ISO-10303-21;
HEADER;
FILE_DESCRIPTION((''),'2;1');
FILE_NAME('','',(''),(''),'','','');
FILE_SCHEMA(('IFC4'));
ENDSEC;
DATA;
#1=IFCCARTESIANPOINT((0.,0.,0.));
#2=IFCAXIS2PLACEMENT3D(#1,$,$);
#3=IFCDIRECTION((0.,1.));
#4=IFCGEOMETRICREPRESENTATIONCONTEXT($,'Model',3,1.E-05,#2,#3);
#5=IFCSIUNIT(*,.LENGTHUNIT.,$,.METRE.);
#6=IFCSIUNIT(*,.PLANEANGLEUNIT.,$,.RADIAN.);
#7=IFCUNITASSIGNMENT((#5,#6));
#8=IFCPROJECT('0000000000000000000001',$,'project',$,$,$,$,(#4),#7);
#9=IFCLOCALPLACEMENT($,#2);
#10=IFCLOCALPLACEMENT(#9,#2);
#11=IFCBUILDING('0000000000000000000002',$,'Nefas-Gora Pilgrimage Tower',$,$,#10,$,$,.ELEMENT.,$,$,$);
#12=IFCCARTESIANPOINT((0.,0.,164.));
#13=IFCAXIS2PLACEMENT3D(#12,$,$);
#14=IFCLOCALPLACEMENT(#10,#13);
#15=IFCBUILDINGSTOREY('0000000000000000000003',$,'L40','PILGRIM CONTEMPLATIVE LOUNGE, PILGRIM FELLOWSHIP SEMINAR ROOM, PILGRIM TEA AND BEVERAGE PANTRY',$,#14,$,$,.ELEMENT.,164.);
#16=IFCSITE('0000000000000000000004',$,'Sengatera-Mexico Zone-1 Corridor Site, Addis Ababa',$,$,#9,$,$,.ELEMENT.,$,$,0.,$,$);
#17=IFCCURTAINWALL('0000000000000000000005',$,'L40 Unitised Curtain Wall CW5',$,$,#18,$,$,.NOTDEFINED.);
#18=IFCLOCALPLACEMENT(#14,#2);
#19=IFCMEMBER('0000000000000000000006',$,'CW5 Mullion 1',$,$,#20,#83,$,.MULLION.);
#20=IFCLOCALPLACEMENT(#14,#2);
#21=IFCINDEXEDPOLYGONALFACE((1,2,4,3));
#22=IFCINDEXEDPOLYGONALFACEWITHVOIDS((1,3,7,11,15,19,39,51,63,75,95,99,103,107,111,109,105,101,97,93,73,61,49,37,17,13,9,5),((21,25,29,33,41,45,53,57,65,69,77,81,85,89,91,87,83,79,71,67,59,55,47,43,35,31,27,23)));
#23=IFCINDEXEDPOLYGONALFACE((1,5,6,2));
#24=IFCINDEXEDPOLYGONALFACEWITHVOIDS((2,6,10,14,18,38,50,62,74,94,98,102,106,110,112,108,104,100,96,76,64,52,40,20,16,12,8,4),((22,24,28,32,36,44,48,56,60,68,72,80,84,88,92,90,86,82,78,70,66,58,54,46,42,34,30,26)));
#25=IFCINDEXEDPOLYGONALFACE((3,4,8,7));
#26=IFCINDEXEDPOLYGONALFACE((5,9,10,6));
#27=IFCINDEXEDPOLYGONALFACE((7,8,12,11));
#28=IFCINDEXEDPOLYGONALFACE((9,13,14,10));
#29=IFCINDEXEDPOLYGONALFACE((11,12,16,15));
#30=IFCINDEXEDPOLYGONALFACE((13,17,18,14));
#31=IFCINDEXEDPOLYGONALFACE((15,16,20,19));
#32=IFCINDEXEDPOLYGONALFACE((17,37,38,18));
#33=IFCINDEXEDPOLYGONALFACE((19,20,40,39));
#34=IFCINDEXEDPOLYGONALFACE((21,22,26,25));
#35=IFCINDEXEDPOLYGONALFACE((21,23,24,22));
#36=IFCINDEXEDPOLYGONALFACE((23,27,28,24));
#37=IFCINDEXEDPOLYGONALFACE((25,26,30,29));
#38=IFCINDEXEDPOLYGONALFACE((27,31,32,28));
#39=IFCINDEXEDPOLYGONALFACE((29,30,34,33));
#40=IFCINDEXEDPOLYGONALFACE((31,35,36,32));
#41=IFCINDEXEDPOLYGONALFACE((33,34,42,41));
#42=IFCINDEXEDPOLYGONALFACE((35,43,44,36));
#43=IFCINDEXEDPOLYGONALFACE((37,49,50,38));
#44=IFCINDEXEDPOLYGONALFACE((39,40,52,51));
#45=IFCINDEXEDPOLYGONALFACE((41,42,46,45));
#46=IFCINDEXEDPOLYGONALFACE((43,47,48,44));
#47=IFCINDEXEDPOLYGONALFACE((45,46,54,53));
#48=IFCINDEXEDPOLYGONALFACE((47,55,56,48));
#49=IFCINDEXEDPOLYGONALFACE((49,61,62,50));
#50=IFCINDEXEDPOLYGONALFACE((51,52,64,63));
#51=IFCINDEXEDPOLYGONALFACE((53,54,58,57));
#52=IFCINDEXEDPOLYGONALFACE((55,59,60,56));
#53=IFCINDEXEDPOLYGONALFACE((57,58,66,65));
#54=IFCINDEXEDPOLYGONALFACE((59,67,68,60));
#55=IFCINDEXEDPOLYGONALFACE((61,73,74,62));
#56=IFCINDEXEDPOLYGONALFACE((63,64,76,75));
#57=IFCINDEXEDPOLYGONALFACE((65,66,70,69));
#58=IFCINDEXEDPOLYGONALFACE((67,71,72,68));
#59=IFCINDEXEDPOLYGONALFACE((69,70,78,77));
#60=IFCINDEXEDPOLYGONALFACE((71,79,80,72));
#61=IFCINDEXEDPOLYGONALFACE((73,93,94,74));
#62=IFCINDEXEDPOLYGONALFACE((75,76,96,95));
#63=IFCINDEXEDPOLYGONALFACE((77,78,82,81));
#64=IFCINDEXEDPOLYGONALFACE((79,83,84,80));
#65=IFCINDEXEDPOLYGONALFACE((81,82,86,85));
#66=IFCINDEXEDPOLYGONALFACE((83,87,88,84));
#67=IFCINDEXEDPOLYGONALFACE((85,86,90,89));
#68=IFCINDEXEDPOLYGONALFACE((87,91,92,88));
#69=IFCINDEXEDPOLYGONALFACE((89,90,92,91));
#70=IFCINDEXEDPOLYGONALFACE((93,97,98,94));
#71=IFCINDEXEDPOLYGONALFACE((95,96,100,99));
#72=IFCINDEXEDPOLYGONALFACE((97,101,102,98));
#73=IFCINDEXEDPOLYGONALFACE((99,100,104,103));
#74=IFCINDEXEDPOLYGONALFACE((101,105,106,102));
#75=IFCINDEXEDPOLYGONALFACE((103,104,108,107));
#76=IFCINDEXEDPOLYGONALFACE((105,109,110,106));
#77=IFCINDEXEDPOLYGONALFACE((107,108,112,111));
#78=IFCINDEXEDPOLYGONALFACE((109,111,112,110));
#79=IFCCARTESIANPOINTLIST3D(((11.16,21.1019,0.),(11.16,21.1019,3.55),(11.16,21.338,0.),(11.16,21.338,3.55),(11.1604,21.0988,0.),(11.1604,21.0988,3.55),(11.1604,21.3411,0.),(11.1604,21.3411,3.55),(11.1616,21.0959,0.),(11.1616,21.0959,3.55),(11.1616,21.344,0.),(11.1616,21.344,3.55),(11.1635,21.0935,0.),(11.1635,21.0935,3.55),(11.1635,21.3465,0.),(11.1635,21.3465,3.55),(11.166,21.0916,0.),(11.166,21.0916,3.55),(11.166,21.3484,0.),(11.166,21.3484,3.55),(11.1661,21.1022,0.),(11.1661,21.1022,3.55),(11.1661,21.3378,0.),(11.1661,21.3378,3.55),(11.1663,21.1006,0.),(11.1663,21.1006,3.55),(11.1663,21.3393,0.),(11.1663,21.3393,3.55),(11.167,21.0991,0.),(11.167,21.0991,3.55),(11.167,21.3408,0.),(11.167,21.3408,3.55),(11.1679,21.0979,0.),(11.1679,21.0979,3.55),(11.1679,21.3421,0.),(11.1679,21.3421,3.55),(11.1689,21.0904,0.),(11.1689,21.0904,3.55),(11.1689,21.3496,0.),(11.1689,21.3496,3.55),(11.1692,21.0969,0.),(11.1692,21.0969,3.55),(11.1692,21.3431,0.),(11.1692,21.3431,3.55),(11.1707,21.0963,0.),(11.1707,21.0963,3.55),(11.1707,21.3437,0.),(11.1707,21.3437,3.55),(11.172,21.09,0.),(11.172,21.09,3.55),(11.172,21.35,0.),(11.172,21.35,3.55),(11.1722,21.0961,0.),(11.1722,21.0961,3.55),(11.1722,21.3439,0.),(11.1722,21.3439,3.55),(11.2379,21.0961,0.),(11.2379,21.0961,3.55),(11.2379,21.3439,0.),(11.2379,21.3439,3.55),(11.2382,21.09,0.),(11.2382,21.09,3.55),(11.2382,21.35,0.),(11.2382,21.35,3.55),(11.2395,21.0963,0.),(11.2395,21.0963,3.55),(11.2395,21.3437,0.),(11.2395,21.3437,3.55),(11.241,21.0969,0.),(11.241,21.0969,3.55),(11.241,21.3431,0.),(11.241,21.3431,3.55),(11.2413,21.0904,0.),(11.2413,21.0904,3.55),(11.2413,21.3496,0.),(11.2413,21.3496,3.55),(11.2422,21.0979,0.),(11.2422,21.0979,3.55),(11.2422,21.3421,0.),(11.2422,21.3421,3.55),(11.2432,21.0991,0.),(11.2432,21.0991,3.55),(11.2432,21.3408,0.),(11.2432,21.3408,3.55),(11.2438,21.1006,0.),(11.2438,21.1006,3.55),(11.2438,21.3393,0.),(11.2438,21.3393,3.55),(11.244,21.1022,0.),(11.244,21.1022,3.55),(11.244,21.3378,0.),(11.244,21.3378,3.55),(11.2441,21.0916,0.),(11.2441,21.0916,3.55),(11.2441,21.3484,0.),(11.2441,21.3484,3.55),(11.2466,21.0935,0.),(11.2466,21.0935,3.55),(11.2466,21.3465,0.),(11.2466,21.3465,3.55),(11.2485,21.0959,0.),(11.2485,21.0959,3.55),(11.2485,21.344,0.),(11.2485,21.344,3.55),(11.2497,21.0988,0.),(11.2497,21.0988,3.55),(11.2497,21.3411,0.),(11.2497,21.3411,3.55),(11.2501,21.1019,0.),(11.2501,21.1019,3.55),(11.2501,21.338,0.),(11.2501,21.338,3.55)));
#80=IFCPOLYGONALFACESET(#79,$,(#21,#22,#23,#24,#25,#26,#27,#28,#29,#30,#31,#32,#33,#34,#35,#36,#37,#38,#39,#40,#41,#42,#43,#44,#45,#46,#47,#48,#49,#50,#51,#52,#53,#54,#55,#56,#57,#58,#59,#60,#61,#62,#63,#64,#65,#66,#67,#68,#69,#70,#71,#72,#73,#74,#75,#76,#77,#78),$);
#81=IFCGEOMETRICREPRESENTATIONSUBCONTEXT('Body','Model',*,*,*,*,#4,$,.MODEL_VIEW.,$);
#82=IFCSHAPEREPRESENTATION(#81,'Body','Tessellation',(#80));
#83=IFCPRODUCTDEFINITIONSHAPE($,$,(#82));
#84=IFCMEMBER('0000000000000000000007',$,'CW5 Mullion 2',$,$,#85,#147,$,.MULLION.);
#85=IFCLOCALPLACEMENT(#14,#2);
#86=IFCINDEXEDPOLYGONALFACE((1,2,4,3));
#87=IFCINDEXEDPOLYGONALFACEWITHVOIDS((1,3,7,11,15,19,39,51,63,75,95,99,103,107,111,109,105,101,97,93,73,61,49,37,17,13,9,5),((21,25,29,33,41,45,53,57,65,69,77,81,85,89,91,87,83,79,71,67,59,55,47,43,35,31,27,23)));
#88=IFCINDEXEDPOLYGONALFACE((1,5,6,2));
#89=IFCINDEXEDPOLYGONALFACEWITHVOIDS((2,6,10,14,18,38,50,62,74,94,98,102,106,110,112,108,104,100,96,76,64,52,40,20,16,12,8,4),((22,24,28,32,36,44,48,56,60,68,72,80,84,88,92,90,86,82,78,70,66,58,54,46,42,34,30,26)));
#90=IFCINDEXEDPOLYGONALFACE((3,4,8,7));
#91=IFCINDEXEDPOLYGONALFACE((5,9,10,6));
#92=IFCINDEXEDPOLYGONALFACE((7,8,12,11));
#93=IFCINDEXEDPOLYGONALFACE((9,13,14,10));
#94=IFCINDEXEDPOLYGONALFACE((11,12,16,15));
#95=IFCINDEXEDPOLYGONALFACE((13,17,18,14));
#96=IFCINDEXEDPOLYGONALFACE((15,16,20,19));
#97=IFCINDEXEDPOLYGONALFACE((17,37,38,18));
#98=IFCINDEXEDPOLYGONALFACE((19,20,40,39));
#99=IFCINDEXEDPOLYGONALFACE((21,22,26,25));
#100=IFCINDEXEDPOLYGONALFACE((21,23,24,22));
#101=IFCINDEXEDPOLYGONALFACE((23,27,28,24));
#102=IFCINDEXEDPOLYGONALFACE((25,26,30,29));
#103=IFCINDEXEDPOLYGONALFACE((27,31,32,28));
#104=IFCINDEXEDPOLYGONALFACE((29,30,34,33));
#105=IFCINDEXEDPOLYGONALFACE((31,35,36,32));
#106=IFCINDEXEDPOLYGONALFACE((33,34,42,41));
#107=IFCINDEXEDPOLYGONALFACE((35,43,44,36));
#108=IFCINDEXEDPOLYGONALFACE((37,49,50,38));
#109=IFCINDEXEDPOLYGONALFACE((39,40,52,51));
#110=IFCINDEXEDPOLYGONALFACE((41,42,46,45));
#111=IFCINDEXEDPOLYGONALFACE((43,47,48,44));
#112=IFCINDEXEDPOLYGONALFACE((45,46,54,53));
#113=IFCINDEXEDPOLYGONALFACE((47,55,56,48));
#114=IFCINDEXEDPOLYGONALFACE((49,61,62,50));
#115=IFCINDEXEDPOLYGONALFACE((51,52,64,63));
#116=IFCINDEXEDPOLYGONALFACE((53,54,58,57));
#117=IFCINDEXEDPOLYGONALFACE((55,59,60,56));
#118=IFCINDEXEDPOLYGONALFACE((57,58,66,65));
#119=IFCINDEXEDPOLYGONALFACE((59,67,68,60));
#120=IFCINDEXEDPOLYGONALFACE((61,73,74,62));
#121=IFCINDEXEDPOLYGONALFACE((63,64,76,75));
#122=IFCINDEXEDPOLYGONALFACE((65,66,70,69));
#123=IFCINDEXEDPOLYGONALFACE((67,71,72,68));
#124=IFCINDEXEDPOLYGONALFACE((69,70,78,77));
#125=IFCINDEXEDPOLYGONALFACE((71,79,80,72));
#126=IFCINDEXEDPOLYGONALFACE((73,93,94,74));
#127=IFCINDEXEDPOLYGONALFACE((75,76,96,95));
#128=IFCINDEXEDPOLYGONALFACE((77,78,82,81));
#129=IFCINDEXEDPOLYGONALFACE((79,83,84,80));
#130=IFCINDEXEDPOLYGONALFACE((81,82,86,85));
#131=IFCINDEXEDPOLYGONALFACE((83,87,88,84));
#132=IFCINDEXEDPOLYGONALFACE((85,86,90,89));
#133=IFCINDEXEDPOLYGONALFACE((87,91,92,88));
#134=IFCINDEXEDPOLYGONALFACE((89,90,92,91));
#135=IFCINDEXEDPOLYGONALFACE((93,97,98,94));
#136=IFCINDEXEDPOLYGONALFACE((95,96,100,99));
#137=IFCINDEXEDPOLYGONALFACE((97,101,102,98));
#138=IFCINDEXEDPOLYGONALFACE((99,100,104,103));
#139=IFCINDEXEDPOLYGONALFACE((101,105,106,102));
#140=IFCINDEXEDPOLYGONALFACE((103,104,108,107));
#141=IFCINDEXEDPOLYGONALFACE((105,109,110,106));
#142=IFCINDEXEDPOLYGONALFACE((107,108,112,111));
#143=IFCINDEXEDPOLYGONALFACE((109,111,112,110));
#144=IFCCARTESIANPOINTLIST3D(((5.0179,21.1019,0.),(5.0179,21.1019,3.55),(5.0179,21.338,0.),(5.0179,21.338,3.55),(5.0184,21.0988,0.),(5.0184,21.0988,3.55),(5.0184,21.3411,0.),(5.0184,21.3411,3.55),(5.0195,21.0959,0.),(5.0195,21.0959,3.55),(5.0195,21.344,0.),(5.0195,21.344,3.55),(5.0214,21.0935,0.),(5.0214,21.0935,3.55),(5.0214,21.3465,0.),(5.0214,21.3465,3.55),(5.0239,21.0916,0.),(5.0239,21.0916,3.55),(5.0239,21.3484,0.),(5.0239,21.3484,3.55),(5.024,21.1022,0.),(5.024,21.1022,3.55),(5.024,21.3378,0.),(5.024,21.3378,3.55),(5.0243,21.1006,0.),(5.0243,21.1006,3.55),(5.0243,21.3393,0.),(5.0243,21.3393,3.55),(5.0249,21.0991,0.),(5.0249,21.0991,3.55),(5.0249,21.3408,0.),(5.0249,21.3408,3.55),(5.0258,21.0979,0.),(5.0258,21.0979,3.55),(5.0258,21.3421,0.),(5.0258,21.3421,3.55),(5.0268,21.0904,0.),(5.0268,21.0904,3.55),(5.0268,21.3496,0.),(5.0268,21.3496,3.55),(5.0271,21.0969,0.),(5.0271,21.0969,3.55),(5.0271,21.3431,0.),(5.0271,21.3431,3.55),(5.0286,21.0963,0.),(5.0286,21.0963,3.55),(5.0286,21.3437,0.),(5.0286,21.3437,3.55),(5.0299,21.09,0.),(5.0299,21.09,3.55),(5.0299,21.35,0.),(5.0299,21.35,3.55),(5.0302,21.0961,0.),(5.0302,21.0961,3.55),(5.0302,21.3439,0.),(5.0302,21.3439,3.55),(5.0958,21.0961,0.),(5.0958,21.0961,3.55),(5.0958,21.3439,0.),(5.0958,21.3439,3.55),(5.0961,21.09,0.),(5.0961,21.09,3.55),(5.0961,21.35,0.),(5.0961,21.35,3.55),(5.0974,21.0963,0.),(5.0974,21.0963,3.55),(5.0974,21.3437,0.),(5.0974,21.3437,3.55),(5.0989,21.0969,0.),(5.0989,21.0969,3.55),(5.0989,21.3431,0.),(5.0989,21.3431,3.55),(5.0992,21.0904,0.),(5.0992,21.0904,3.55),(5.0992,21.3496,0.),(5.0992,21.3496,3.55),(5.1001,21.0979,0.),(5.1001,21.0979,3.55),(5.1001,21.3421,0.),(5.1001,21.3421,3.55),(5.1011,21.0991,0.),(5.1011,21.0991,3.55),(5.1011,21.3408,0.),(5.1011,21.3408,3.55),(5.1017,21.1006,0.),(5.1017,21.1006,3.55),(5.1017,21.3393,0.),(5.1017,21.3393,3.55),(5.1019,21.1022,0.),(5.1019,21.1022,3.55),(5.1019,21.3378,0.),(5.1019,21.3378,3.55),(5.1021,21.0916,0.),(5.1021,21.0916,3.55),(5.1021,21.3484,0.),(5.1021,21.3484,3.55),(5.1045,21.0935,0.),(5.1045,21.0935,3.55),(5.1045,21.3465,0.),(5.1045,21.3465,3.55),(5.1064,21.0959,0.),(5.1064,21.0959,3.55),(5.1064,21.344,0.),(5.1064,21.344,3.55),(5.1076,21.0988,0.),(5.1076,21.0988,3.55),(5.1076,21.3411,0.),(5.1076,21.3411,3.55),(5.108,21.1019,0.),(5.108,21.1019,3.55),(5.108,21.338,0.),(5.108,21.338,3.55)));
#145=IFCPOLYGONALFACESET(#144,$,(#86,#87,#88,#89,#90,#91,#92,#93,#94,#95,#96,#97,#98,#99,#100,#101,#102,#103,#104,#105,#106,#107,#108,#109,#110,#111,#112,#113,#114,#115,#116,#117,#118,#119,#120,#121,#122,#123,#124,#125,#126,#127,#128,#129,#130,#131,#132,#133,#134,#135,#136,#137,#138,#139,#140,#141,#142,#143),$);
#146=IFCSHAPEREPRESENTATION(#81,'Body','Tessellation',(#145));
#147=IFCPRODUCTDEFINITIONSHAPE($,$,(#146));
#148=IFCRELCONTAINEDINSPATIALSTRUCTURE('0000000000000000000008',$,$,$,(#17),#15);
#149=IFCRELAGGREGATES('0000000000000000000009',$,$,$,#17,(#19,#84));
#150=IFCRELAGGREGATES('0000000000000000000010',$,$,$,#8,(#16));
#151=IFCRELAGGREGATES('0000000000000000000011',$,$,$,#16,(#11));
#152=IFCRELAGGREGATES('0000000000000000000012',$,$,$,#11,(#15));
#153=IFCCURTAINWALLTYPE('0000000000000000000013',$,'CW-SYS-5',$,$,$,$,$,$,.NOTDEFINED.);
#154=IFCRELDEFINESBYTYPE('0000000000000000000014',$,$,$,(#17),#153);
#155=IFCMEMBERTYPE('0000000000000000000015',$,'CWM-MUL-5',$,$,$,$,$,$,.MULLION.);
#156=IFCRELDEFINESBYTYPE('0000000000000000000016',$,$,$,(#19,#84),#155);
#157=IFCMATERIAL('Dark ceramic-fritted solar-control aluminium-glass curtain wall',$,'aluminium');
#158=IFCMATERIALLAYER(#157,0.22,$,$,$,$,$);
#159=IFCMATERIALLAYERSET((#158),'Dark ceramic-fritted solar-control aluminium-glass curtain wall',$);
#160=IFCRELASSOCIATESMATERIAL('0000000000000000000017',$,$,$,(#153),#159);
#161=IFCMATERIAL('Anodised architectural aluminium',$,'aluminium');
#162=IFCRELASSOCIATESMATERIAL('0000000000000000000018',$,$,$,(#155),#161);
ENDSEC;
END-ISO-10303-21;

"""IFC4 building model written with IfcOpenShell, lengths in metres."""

from ifc_helpers import new_model, si_unit, direction, frame, origin, origin_2d, place, context, subcontext, project, spatial, hollow_rectangle, extrude, source, transform, mapped, material, layer, layer_set, material_profile, profile_set, type_object, element, aggregate, save


model = new_model("IFC4")

# Units and contexts
model_context = context("Model", 3, precision=1e-05, world=origin(), true_north=direction((0.0, 1.0)))
body_context = subcontext(model_context, "Body", "Model", "MODEL_VIEW")
ifc_project = project(units=[si_unit("LENGTHUNIT", "METRE"), si_unit("PLANEANGLEUNIT", "RADIAN")], contexts=[model_context])

# Site, building, storey
site_placement = place(None, origin())
site = spatial("IfcSite", under=ifc_project, at=site_placement, Name="Sengatera-Mexico Zone-1 Corridor Site, Addis Ababa", CompositionType="ELEMENT", RefElevation=0.0)
building_placement = place(site_placement, origin())
building = spatial("IfcBuilding", under=site, at=building_placement, Name="Nefas-Gora Pilgrimage Tower", CompositionType="ELEMENT")
storey_placement = place(building_placement, frame((0.0, 0.0, 164.0)))
storey = spatial("IfcBuildingStorey", under=building, at=storey_placement, Name="L40", Description="PILGRIM CONTEMPLATIVE LOUNGE, PILGRIM FELLOWSHIP SEMINAR ROOM, PILGRIM TEA AND BEVERAGE PANTRY", CompositionType="ELEMENT", Elevation=164.0)

# Curtain wall, members
ifc_material_1 = material(Name="Dark ceramic-fritted solar-control aluminium-glass curtain wall", Category="aluminium")
ifc_layer_1 = layer(ifc_material_1, 0.22)
ifc_layer_set_1 = layer_set([ifc_layer_1], Name="Dark ceramic-fritted solar-control aluminium-glass curtain wall")
curtain_wall_type = type_object("IfcCurtainWallType", Name="CW-SYS-5", PredefinedType="NOTDEFINED", material=ifc_layer_set_1)
curtain_wall_placement = place(storey_placement, origin())
curtain_wall = element("IfcCurtainWall", 1, at=curtain_wall_placement, inside=storey, type_object=curtain_wall_type, Name="L40 Unitised Curtain Wall CW5", PredefinedType="NOTDEFINED")
ifc_material_2 = material(Name="Anodised architectural aluminium", Category="aluminium")
ifc_material_profile_1 = material_profile(ifc_material_2, hollow_rectangle(XDim=0.0901, YDim=0.26, WallThickness=0.0061, InnerFilletRadius=0.0061, OuterFilletRadius=0.012, at=origin_2d()), Name="ALU MULLION 90x260")
ifc_profile_set_1 = profile_set([ifc_material_profile_1], Name="Anodised architectural aluminium")
member_type_1 = type_object("IfcMemberType", Name="CWM-MUL-5", PredefinedType="MULLION", material=ifc_profile_set_1)
shared_shape_1 = source(origin(), body_context, "Body", "SweptSolid", [
    extrude(hollow_rectangle(XDim=0.0901, YDim=0.26, WallThickness=0.0061, InnerFilletRadius=0.0061, OuterFilletRadius=0.012, at=origin_2d()), origin(), (0.0, 0.0, 1.0), 3.55),
])
member_1_placement = place(storey_placement, frame((11.2051, 21.22, 0.0), z_axis=(0.0, 0.0, 1.0), x_axis=(-1.0, 0.0, 0.0)))
member_1 = element("IfcMember", 2, at=member_1_placement, type_object=member_type_1, Name="CW5 Mullion 1", PredefinedType="MULLION", context=body_context, shape_type="MappedRepresentation", body=[
    mapped(shared_shape_1, transform((0.0, 0.0, 0.0), x_axis=(1.0, 0.0, 0.0), y_axis=(0.0, 1.0, 0.0), z_axis=(0.0, 0.0, 1.0), scale=1.0)),
])
member_2_placement = place(storey_placement, frame((5.063, 21.22, 0.0), z_axis=(0.0, 0.0, 1.0), x_axis=(-1.0, 0.0, 0.0)))
member_2 = element("IfcMember", 3, at=member_2_placement, type_object=member_type_1, Name="CW5 Mullion 2", PredefinedType="MULLION", context=body_context, shape_type="MappedRepresentation", body=[
    mapped(shared_shape_1, transform((0.0, 0.0, 0.0), x_axis=(1.0, 0.0, 0.0), y_axis=(0.0, 1.0, 0.0), z_axis=(0.0, 0.0, 1.0), scale=1.0)),
])
aggregate(curtain_wall, [member_1, member_2])

save(model, "model.ifc")
